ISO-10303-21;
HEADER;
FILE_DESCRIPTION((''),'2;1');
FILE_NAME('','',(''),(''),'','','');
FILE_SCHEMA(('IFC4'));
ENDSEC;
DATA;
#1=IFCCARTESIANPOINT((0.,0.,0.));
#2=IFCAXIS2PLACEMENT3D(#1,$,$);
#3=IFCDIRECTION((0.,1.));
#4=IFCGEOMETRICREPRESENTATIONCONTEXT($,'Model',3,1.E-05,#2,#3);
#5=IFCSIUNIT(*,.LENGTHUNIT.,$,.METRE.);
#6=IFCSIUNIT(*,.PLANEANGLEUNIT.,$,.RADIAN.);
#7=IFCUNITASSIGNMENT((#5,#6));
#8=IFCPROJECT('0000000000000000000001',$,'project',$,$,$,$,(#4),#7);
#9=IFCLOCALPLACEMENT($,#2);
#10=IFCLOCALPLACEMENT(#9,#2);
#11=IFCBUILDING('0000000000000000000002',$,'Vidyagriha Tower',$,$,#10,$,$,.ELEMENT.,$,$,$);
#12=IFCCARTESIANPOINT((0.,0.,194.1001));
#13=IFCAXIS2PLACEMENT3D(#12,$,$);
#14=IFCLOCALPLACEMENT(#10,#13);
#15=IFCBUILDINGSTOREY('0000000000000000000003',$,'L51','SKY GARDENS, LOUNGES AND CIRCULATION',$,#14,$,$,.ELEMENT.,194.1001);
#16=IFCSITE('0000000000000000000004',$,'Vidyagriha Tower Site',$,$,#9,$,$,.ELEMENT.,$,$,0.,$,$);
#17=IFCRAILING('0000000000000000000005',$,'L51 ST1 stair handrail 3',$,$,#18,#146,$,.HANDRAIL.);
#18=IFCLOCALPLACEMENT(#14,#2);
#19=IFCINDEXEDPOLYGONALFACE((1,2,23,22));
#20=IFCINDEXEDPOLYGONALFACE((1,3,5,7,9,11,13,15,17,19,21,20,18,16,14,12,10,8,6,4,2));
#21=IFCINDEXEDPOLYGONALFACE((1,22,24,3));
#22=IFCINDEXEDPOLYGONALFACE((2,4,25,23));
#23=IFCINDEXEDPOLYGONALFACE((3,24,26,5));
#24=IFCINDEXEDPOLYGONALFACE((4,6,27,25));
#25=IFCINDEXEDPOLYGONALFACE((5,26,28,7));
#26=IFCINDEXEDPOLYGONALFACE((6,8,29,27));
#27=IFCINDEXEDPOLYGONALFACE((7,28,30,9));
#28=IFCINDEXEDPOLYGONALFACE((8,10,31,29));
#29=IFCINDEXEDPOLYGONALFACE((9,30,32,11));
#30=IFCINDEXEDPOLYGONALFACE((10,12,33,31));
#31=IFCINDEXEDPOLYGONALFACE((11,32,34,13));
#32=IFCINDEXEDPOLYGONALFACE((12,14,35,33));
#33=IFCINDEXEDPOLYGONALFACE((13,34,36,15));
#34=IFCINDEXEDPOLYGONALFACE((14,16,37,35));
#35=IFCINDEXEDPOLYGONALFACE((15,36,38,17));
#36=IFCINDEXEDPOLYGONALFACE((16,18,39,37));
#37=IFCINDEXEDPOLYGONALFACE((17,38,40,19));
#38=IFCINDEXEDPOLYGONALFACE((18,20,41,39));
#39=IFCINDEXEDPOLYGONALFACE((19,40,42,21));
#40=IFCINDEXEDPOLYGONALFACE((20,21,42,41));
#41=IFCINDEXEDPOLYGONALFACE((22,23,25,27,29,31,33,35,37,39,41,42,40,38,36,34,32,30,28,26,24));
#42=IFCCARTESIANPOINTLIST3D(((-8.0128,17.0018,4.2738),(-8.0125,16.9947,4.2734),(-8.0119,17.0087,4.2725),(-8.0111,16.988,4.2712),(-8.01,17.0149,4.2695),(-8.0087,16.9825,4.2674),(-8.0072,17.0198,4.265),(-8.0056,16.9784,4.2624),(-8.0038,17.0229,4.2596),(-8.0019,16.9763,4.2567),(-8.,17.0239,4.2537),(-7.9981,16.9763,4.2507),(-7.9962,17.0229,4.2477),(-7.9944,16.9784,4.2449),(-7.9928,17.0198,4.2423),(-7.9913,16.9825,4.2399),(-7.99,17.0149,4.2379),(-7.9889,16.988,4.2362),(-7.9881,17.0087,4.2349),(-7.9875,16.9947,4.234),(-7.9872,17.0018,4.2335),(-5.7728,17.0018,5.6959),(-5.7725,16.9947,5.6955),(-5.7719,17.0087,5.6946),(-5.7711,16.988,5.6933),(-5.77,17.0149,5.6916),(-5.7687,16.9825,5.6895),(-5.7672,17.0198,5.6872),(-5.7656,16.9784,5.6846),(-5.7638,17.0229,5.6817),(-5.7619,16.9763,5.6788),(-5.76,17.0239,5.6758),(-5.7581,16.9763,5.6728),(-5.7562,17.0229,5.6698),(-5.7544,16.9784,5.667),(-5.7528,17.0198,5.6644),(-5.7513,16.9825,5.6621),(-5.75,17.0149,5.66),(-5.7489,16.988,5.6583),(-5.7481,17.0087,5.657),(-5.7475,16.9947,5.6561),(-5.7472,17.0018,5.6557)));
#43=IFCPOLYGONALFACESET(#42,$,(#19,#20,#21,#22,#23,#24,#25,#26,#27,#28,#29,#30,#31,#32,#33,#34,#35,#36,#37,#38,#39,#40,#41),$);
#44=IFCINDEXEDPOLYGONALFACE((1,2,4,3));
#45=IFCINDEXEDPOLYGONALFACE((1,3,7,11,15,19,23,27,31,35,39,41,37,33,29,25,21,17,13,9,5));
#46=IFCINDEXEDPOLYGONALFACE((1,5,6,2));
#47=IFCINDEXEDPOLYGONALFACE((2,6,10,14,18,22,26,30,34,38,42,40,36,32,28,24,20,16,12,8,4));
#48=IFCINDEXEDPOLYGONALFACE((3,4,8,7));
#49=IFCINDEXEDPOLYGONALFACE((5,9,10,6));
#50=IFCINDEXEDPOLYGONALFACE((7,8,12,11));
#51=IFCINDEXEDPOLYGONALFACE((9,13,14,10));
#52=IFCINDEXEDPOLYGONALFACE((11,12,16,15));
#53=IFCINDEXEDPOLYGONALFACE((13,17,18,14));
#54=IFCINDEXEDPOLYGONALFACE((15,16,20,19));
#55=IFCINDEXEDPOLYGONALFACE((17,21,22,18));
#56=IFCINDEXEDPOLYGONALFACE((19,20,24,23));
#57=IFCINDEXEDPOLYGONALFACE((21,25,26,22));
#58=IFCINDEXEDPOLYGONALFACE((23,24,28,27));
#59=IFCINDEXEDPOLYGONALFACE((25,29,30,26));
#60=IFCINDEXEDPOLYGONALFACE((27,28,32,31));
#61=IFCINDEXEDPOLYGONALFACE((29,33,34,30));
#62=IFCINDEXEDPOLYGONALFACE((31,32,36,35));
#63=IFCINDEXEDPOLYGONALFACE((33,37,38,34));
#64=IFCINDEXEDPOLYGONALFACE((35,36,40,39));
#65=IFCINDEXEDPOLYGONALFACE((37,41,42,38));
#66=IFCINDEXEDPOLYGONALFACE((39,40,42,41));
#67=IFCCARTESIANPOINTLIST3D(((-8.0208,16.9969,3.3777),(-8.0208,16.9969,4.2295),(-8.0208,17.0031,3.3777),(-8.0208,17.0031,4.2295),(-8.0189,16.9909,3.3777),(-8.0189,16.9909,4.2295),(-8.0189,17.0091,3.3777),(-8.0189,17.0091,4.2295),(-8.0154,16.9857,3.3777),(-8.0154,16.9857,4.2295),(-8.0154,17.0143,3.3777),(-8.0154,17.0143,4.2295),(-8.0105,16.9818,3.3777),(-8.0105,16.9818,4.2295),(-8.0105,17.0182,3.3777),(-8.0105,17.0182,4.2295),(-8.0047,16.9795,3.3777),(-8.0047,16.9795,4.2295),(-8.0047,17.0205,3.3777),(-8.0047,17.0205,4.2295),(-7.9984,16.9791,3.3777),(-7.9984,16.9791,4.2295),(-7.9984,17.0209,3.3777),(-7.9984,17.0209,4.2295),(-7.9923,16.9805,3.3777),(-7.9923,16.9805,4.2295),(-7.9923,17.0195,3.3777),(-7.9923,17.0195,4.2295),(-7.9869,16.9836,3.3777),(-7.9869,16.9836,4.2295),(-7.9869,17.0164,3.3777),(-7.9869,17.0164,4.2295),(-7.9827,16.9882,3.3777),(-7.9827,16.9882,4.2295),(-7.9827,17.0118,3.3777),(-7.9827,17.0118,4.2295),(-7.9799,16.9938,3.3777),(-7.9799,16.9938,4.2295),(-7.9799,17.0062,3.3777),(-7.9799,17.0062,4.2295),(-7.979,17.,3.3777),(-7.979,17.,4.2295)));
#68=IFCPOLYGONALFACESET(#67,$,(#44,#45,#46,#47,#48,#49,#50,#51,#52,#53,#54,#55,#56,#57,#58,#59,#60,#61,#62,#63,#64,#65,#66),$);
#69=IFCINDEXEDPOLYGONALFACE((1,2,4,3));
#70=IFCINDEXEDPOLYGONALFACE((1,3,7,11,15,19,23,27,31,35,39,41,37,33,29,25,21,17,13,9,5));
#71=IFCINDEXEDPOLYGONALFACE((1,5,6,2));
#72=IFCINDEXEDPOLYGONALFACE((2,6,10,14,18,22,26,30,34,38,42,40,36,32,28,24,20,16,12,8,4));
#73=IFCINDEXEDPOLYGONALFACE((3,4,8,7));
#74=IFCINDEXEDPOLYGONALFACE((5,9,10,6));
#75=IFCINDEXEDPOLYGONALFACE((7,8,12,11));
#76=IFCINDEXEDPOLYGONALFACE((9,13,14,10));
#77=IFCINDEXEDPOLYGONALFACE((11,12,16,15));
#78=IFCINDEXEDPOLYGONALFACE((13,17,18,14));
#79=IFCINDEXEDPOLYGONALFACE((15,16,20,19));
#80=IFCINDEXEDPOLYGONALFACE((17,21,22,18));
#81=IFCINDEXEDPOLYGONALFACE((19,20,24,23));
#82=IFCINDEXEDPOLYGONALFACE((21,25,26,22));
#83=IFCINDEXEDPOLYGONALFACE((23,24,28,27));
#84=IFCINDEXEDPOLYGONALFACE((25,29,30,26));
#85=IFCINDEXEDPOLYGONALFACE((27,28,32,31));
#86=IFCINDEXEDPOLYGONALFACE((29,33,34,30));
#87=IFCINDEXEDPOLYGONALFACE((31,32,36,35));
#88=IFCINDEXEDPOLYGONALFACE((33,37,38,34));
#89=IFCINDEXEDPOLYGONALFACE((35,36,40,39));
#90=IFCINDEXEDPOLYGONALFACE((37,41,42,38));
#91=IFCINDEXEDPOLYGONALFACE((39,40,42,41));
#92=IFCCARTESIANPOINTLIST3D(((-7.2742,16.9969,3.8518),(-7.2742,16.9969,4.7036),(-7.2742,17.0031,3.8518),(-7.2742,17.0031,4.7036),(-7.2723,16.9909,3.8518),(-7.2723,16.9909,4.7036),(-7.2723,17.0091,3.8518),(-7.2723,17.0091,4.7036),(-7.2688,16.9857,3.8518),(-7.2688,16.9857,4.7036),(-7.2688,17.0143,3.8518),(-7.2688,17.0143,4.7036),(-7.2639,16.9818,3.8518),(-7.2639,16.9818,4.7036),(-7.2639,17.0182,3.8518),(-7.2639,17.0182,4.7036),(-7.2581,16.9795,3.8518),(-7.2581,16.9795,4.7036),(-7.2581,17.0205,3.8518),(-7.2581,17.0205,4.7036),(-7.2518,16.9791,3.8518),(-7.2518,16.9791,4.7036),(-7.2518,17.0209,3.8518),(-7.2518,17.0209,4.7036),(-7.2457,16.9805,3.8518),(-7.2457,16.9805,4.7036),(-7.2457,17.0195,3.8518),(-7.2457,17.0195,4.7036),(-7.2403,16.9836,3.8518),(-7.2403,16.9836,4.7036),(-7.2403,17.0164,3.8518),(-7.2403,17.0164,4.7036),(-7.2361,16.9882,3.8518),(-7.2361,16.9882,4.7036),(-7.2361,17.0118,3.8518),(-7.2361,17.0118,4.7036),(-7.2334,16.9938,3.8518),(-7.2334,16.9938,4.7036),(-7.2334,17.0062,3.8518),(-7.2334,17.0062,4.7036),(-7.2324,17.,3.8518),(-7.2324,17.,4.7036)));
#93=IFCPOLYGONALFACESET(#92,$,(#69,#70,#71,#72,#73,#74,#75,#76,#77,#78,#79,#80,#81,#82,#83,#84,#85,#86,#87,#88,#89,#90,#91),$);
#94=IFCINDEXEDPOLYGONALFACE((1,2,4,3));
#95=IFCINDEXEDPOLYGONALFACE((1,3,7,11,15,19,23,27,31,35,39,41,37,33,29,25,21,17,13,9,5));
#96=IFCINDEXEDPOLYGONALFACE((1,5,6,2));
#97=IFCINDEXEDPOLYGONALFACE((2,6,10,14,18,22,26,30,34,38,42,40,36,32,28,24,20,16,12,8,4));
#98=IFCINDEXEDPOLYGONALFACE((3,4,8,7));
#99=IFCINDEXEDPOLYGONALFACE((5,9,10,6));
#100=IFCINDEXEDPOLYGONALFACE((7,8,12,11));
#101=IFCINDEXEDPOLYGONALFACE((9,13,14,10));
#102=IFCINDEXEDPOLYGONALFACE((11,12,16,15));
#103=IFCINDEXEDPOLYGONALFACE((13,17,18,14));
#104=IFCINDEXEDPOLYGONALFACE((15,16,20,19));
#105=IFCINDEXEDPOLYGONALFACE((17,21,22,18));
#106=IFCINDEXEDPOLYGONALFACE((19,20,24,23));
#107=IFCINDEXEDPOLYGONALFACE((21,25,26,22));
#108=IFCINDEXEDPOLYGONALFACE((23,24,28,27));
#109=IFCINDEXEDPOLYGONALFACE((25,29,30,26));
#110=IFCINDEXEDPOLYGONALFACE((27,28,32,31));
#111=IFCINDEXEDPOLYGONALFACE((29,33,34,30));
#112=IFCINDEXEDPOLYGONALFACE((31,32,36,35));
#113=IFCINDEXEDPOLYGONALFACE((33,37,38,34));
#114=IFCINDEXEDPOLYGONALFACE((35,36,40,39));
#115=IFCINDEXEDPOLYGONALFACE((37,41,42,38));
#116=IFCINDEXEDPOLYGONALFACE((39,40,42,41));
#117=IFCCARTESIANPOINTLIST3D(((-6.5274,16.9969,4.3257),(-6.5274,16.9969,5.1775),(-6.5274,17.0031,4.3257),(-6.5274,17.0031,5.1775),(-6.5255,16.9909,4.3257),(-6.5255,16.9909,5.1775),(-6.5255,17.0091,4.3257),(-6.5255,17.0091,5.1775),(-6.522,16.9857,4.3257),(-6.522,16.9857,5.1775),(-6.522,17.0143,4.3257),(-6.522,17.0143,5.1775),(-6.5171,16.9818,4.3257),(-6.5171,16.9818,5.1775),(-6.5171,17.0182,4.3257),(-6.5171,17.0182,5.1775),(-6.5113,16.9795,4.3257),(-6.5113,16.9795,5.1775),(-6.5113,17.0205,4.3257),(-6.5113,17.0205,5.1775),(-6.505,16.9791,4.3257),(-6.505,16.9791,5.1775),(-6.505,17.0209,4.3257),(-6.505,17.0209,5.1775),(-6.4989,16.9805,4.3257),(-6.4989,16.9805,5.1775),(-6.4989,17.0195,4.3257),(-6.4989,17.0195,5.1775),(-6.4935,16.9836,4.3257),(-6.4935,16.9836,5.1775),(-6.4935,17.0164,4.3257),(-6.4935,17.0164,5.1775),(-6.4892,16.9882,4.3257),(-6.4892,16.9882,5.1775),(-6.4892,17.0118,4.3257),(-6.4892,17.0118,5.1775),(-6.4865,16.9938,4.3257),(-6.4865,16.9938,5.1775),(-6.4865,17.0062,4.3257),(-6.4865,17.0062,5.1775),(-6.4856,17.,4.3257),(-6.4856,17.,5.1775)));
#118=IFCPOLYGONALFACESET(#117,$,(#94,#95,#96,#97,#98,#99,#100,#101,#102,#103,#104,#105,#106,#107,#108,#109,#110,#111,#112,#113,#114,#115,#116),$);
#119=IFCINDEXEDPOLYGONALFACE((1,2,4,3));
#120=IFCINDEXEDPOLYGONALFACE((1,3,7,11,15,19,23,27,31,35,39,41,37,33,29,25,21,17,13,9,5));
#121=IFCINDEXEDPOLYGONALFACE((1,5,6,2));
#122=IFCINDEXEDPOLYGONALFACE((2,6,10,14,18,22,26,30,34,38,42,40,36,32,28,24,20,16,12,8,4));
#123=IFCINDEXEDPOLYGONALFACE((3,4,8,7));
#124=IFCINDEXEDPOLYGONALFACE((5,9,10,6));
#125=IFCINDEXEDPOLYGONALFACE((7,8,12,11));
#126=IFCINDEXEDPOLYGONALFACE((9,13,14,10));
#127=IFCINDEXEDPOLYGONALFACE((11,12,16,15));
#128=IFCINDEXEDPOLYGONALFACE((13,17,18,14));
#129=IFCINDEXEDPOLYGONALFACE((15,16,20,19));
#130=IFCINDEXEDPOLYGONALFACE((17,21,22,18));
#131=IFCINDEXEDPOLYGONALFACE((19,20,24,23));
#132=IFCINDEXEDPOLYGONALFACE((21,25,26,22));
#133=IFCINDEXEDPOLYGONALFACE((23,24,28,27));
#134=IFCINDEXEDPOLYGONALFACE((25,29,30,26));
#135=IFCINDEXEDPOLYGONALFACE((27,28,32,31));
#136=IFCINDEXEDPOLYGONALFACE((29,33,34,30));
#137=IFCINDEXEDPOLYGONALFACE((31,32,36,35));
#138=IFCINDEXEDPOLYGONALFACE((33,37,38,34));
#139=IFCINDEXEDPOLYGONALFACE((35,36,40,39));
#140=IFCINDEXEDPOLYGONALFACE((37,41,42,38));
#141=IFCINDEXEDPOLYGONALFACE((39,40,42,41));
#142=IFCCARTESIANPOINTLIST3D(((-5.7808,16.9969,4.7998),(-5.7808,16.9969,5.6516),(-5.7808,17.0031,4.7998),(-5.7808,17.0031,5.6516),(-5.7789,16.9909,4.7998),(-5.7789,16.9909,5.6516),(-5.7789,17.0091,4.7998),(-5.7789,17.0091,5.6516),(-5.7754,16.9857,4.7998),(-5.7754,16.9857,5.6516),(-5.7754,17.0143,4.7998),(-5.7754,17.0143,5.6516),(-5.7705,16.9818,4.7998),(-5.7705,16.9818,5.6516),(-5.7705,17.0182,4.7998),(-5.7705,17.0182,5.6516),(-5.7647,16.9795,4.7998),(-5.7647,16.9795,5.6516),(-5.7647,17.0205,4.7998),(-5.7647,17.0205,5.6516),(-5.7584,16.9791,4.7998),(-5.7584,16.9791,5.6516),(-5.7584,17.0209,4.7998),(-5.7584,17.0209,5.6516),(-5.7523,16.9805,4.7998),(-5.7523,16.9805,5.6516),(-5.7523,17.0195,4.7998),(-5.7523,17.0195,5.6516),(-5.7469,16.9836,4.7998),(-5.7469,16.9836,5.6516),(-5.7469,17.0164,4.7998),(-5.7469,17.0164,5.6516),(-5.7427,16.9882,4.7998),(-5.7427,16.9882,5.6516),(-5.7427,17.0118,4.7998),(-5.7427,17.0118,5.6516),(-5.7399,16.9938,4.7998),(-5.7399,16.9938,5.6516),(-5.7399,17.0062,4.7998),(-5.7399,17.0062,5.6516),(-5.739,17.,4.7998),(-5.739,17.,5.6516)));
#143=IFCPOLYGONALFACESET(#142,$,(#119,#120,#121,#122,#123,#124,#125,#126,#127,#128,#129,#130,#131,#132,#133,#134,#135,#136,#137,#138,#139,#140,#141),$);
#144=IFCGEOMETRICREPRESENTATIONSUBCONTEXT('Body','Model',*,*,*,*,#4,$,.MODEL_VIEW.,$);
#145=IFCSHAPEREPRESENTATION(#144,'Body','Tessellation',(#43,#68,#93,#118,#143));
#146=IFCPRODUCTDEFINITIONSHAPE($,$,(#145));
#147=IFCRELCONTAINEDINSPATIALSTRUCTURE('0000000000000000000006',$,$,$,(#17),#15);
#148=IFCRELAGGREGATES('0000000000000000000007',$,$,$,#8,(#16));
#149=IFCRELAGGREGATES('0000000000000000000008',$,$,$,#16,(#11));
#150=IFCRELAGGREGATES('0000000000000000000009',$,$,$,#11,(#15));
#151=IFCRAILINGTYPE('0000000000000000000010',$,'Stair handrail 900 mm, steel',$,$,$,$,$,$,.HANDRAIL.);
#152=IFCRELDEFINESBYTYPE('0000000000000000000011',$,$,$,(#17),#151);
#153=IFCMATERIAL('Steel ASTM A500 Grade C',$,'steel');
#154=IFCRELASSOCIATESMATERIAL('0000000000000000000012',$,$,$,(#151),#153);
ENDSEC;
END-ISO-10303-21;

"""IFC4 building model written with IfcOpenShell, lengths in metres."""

from ifc_helpers import new_model, si_unit, direction, frame, origin, origin_2d, place, context, subcontext, project, spatial, circle, extrude, material, type_object, element, save


model = new_model("IFC4")

# Units and contexts
model_context = context("Model", 3, precision=1e-05, world=origin(), true_north=direction((0.0, 1.0)))
body_context = subcontext(model_context, "Body", "Model", "MODEL_VIEW")
ifc_project = project(units=[si_unit("LENGTHUNIT", "METRE"), si_unit("PLANEANGLEUNIT", "RADIAN")], contexts=[model_context])

# Site, building, storey
site_placement = place(None, origin())
site = spatial("IfcSite", under=ifc_project, at=site_placement, Name="Vidyagriha Tower Site", CompositionType="ELEMENT", RefElevation=0.0)
building_placement = place(site_placement, origin())
building = spatial("IfcBuilding", under=site, at=building_placement, Name="Vidyagriha Tower", CompositionType="ELEMENT")
storey_placement = place(building_placement, frame((0.0, 0.0, 194.1001)))
storey = spatial("IfcBuildingStorey", under=building, at=storey_placement, Name="L51", Description="SKY GARDENS, LOUNGES AND CIRCULATION", CompositionType="ELEMENT", Elevation=194.1001)

# Railing
ifc_material_1 = material(Name="Steel ASTM A500 Grade C", Category="steel")
railing_type_1 = type_object("IfcRailingType", Name="Stair handrail 900 mm, steel", PredefinedType="HANDRAIL", material=ifc_material_1)
for number, where, name in (
    (1, (-8.0, 17.0, 3.3777), "L51 ST1 stair handrail 3"),
):
    element("IfcRailing", number, at=place(storey_placement, frame(where)), inside=storey, type_object=railing_type_1, Name=name, PredefinedType="HANDRAIL", context=body_context, shape_type="SweptSolid", body=[
        extrude(circle(Radius=0.0239, at=origin_2d()), frame((0.0, 0.0, 0.876), z_axis=(0.844229, 0.0, 0.535982), x_axis=(0.0, 1.0, 0.0)), (0.0, 0.0, 1.0), 2.6533),
        extrude(circle(Radius=0.021, at=origin_2d()), origin(), (0.0, 0.0, 1.0), 0.8518),
        extrude(circle(Radius=0.021, at=origin_2d()), frame((0.7466, 0.0, 0.4741)), (0.0, 0.0, 1.0), 0.8518),
        extrude(circle(Radius=0.021, at=origin_2d()), frame((1.4934, 0.0, 0.948)), (0.0, 0.0, 1.0), 0.8518),
        extrude(circle(Radius=0.021, at=origin_2d()), frame((2.24, 0.0, 1.4221)), (0.0, 0.0, 1.0), 0.8518),
    ])

save(model, "model.ifc")
